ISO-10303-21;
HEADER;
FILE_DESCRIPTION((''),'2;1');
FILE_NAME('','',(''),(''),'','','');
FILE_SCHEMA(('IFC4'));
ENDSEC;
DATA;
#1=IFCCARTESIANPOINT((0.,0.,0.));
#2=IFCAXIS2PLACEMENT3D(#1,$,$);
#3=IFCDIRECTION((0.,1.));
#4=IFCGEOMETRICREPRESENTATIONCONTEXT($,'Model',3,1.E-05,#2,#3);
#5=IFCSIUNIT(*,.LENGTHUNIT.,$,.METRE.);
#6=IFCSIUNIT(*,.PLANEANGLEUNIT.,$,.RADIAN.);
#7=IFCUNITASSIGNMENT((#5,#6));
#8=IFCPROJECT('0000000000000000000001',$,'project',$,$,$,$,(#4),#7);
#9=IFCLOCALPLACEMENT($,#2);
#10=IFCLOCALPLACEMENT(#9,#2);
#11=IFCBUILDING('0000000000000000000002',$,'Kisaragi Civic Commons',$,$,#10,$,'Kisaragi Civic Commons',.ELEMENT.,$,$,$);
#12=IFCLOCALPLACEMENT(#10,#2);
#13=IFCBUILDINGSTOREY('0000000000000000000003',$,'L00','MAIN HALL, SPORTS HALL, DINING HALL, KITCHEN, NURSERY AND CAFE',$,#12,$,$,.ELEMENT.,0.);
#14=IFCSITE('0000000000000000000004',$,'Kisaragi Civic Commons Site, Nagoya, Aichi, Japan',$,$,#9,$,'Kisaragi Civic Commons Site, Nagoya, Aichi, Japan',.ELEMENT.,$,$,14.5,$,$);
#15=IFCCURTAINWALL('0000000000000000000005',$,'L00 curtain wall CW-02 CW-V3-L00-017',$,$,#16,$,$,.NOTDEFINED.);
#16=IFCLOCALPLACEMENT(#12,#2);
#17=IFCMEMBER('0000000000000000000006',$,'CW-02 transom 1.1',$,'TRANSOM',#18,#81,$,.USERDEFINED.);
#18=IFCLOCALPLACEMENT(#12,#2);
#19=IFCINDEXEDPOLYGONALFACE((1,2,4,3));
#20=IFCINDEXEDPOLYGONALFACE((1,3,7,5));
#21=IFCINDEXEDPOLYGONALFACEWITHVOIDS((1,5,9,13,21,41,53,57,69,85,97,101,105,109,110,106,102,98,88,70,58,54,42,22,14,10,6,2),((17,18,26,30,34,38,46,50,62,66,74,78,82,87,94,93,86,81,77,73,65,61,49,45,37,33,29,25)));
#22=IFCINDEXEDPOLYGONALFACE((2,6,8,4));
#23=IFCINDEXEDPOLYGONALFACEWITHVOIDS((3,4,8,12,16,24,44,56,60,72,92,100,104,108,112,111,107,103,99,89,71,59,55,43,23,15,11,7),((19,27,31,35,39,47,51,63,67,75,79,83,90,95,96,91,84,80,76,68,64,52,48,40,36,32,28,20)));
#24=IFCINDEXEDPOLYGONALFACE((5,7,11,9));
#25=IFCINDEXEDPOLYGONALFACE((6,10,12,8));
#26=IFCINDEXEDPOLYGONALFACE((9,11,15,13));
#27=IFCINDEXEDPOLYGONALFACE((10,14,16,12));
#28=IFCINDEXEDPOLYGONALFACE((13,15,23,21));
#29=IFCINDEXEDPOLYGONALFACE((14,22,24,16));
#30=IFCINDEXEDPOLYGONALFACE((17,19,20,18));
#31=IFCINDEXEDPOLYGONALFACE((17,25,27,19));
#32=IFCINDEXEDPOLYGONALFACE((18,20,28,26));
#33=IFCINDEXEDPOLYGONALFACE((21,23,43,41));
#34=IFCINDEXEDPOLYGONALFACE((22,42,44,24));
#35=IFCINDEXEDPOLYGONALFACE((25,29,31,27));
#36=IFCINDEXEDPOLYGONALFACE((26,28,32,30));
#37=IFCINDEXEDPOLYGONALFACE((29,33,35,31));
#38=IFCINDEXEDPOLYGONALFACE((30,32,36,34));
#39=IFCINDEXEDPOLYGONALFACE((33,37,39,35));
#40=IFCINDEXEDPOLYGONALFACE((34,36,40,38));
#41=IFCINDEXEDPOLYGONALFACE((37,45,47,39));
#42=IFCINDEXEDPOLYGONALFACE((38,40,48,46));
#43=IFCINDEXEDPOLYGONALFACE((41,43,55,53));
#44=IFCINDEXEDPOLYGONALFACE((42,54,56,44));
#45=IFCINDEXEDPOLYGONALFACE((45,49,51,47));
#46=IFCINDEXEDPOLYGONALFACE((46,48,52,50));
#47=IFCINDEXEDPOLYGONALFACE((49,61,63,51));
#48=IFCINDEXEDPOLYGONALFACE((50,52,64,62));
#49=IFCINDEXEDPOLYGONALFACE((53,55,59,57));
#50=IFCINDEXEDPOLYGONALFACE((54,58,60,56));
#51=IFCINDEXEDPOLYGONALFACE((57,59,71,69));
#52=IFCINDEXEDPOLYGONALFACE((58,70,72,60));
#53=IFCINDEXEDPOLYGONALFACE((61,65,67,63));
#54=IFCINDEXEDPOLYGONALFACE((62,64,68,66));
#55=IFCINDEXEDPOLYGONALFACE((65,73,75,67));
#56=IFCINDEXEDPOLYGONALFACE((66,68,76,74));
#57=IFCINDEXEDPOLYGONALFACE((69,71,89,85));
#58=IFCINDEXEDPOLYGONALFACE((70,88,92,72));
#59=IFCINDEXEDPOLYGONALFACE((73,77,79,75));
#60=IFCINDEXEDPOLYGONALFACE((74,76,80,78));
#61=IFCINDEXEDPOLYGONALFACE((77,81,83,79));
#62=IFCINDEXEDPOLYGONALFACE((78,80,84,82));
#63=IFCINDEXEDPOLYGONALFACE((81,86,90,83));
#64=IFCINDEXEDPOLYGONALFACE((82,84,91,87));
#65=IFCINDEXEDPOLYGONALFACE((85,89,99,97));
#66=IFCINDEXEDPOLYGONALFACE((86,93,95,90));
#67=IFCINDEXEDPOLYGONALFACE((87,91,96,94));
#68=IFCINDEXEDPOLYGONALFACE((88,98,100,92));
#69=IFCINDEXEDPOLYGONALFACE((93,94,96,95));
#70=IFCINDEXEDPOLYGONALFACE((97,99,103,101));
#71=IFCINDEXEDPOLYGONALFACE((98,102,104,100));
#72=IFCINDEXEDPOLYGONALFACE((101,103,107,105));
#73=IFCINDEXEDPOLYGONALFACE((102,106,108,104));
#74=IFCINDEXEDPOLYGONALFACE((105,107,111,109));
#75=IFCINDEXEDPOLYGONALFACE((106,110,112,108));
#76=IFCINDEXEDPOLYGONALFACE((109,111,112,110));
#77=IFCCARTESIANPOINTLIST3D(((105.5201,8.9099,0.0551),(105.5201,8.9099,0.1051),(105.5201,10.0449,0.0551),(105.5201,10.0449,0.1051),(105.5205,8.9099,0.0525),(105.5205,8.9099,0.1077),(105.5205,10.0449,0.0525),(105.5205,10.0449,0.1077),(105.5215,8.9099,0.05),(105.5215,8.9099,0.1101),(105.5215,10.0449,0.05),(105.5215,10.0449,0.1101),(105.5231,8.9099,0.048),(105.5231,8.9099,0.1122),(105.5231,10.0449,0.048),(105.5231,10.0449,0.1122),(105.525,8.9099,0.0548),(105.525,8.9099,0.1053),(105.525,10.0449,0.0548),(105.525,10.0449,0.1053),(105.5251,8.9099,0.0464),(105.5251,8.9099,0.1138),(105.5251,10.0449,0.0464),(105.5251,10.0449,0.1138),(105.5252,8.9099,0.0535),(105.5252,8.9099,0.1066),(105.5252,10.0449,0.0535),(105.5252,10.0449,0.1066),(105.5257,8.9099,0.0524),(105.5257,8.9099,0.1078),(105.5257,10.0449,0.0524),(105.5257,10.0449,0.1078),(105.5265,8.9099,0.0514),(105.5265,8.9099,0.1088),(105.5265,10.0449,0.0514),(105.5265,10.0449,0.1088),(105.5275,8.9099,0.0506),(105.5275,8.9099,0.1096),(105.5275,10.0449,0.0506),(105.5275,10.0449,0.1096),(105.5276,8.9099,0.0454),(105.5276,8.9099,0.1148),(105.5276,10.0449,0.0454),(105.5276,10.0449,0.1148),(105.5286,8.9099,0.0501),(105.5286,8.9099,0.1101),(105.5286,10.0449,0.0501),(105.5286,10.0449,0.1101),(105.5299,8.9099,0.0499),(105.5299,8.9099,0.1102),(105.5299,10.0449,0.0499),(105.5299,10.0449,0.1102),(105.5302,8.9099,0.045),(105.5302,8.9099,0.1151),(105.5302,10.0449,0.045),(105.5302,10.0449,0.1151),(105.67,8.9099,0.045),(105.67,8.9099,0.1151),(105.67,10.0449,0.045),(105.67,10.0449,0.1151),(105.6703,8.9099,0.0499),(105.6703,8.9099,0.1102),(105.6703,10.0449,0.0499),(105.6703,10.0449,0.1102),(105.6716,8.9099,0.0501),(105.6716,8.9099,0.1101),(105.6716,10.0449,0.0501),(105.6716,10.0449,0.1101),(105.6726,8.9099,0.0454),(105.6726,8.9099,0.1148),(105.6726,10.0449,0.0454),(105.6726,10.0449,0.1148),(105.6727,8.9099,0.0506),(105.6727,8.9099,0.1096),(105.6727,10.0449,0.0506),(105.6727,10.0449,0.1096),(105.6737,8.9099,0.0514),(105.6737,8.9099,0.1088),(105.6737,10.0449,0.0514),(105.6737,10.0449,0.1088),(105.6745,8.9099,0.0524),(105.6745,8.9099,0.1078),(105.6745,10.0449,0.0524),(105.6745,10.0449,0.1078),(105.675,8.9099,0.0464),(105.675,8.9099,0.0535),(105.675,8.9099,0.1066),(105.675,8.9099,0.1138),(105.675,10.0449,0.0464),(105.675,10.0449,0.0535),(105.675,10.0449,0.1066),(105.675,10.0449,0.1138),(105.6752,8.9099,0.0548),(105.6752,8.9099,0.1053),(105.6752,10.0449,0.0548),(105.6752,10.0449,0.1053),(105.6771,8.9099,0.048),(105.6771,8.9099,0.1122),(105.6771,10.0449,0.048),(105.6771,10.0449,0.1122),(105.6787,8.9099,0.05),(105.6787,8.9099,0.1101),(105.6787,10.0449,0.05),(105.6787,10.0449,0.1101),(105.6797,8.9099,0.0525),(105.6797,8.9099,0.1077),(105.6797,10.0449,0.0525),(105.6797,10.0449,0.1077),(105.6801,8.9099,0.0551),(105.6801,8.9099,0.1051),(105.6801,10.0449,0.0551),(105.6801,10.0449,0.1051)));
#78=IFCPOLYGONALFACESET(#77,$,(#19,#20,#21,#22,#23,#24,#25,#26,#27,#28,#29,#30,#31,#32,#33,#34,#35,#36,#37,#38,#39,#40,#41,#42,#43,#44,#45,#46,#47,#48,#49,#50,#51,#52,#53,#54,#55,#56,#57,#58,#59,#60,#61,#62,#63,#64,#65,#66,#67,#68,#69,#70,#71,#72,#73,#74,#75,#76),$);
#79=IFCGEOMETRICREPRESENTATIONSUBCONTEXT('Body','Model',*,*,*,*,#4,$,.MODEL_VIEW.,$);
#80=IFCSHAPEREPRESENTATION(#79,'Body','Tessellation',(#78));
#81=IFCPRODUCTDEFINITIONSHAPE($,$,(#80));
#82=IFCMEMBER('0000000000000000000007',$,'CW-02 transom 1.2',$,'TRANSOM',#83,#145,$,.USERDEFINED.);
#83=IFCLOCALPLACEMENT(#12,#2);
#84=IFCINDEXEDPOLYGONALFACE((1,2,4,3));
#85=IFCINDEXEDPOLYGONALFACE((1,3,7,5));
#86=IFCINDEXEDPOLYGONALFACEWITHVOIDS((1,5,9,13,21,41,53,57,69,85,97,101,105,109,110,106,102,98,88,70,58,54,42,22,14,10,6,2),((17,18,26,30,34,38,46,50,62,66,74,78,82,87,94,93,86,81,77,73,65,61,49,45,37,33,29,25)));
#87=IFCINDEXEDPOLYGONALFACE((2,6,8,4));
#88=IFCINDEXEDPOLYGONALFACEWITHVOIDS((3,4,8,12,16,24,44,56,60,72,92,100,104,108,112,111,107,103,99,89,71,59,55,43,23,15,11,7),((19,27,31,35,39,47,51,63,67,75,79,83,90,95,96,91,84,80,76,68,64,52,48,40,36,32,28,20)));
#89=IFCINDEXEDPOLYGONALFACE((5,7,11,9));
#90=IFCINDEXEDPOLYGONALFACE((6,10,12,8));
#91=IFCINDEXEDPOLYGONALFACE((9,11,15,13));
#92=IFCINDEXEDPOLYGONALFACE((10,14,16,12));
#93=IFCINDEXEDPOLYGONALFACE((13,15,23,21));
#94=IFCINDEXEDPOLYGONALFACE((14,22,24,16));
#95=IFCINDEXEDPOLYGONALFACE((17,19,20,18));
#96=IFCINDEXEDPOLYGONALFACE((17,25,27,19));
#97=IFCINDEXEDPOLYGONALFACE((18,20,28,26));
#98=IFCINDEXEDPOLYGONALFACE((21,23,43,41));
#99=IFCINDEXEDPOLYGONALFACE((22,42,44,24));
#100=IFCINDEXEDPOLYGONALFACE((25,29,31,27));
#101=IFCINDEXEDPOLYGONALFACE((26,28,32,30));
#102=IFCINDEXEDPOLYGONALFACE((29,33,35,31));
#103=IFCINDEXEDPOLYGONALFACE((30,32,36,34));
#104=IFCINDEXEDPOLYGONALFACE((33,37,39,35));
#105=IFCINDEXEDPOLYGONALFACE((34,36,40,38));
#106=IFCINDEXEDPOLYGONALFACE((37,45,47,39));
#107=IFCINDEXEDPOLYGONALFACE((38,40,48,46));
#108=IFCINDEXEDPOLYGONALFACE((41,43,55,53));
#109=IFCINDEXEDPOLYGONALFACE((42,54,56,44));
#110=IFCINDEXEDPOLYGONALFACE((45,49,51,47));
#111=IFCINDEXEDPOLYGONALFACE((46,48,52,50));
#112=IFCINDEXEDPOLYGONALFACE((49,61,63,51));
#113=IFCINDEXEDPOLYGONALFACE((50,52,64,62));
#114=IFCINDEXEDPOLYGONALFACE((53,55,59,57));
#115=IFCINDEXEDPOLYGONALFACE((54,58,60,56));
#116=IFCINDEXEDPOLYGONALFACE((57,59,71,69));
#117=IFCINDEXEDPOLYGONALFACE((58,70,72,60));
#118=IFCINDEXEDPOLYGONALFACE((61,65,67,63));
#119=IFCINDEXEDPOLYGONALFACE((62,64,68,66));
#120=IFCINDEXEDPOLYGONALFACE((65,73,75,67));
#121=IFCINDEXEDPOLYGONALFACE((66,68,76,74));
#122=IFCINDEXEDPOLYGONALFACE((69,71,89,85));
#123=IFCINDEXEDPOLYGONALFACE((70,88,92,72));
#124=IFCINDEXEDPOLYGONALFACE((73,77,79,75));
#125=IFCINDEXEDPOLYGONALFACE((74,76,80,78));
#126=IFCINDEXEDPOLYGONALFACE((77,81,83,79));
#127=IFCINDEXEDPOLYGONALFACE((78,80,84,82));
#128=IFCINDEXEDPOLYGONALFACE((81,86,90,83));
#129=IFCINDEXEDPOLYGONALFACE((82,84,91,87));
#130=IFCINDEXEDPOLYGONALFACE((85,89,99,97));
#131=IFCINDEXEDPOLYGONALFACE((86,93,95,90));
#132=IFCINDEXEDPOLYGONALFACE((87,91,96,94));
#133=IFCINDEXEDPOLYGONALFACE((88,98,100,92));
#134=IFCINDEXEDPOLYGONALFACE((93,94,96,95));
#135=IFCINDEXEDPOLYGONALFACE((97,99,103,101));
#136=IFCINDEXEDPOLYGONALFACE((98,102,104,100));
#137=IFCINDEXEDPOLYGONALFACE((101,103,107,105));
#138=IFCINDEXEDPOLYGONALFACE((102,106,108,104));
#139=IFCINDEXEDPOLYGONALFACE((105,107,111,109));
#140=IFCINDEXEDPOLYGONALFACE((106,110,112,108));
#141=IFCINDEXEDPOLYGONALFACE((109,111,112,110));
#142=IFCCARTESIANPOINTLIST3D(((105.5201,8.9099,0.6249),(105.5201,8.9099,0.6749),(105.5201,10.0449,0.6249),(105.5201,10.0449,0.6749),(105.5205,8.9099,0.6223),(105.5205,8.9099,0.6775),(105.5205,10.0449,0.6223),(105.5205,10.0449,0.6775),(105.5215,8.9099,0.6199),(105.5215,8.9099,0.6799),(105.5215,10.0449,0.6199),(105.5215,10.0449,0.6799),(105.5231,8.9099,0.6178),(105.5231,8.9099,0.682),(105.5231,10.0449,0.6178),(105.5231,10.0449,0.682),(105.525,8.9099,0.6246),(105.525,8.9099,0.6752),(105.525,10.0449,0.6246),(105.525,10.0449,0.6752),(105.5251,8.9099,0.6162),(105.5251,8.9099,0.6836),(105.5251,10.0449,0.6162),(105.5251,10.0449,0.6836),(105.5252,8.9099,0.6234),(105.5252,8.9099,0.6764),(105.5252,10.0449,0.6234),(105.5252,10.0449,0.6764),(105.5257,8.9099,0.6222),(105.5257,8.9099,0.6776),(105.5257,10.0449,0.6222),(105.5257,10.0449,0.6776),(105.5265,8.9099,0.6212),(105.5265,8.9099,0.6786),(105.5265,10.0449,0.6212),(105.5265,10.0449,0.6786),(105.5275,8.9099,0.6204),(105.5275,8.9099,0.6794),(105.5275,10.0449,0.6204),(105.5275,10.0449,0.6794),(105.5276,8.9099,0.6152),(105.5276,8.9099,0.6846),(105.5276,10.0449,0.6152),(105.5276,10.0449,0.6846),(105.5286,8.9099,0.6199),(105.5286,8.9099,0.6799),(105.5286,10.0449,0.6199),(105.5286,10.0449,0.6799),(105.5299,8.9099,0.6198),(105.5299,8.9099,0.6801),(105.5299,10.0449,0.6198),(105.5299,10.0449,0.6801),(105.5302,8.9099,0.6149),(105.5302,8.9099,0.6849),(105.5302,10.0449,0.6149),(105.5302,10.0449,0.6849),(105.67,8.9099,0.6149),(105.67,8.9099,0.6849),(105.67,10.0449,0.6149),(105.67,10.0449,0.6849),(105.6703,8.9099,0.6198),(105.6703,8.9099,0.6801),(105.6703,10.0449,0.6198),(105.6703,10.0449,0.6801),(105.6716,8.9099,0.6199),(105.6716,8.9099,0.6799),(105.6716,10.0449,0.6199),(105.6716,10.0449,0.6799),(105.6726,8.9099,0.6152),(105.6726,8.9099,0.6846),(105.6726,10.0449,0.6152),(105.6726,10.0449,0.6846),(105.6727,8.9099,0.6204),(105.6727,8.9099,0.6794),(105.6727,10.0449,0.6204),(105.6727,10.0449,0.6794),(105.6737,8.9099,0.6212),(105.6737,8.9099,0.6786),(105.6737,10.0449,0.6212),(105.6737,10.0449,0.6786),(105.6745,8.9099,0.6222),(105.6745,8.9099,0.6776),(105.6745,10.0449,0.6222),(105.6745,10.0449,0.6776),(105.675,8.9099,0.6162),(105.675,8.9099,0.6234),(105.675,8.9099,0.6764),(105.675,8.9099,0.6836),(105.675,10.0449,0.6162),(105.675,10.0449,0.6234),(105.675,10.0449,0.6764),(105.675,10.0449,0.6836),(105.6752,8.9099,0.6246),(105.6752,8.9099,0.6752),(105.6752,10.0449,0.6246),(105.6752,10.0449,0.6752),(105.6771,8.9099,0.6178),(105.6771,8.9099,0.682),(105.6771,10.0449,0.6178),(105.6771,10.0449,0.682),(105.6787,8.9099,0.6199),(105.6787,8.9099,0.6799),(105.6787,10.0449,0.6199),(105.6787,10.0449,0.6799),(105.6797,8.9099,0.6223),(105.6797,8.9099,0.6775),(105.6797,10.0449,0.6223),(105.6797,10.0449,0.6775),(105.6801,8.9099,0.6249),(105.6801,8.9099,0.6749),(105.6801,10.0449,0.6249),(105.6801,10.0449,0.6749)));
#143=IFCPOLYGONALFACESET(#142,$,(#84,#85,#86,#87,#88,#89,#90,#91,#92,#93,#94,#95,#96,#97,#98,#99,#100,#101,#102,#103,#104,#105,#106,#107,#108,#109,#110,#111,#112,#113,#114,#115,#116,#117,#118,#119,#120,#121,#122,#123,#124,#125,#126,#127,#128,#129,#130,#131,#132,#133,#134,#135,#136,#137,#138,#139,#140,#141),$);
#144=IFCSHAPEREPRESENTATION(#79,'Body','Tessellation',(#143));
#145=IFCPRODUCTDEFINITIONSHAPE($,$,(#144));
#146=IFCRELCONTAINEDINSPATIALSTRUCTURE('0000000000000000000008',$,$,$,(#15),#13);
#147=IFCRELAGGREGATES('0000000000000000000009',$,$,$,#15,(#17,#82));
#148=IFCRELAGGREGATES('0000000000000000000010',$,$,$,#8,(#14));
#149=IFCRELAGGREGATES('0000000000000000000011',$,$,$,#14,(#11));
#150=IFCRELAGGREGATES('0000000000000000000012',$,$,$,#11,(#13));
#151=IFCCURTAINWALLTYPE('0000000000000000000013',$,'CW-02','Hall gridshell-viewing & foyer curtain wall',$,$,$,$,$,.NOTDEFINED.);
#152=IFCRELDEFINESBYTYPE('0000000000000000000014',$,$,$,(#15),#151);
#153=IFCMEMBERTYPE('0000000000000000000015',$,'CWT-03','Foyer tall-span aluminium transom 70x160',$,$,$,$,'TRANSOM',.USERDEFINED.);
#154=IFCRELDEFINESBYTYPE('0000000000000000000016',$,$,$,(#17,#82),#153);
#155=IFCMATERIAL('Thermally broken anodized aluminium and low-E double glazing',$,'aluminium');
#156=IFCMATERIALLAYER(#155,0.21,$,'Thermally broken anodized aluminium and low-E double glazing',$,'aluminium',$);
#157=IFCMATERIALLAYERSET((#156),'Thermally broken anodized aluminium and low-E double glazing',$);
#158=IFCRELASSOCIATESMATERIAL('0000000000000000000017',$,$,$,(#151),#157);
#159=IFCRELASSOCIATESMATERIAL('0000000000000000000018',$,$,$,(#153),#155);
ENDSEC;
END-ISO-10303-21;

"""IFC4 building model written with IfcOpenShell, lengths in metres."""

from ifc_helpers import new_model, si_unit, direction, frame, origin, origin_2d, place, context, subcontext, project, spatial, hollow_rectangle, extrude, material, layer, layer_set, material_profile, profile_set, type_object, element, aggregate, save


model = new_model("IFC4")

# Units and contexts
model_context = context("Model", 3, precision=1e-05, world=origin(), true_north=direction((0.0, 1.0)))
body_context = subcontext(model_context, "Body", "Model", "MODEL_VIEW")
ifc_project = project(units=[si_unit("LENGTHUNIT", "METRE"), si_unit("PLANEANGLEUNIT", "RADIAN")], contexts=[model_context])

# Site, building, storey
site_placement = place(None, origin())
site = spatial("IfcSite", under=ifc_project, at=site_placement, Name="Kisaragi Civic Commons Site, Nagoya, Aichi, Japan", LongName="Kisaragi Civic Commons Site, Nagoya, Aichi, Japan", CompositionType="ELEMENT", RefElevation=14.5)
building_placement = place(site_placement, origin())
building = spatial("IfcBuilding", under=site, at=building_placement, Name="Kisaragi Civic Commons", LongName="Kisaragi Civic Commons", CompositionType="ELEMENT")
storey_placement = place(building_placement, origin())
storey = spatial("IfcBuildingStorey", under=building, at=storey_placement, Name="L00", Description="MAIN HALL, SPORTS HALL, DINING HALL, KITCHEN, NURSERY AND CAFE", CompositionType="ELEMENT", Elevation=0.0)

# Curtain wall
ifc_material_1 = material(Name="Thermally broken anodized aluminium and low-E double glazing", Category="aluminium")
ifc_layer_1 = layer(ifc_material_1, 0.21, Name="Thermally broken anodized aluminium and low-E double glazing", Category="aluminium")
ifc_layer_set_1 = layer_set([ifc_layer_1], Name="Thermally broken anodized aluminium and low-E double glazing")
curtain_wall_type = type_object("IfcCurtainWallType", Name="CW-02", Description="Hall gridshell-viewing & foyer curtain wall", PredefinedType="NOTDEFINED", material=ifc_layer_set_1)
curtain_wall_1_placement = place(storey_placement, origin())
curtain_wall_1 = element("IfcCurtainWall", 1, at=curtain_wall_1_placement, inside=storey, type_object=curtain_wall_type, Name="L00 curtain wall CW-02 CW-V3-L00-017", PredefinedType="NOTDEFINED")

# Members
ifc_material_profile_1 = material_profile(ifc_material_1, hollow_rectangle(XDim=0.1599, YDim=0.0701, WallThickness=0.0049, InnerFilletRadius=0.0049, OuterFilletRadius=0.01, at=origin_2d()), Name="CWT-70x160x5", Category="aluminium")
ifc_profile_set_1 = profile_set([ifc_material_profile_1], Name="Thermally broken anodized aluminium and low-E double glazing")
member_type_1 = type_object("IfcMemberType", Name="CWT-03", Description="Foyer tall-span aluminium transom 70x160", ElementType="TRANSOM", PredefinedType="USERDEFINED", material=ifc_profile_set_1)
member_1_placement = place(storey_placement, frame((105.6001, 8.9099, 0.0801), z_axis=(0.0, 1.0, 0.0), x_axis=(-1.0, 0.0, 0.0)))
member_1 = element("IfcMember", 2, at=member_1_placement, type_object=member_type_1, Name="CW-02 transom 1.1", ObjectType="TRANSOM", PredefinedType="USERDEFINED", context=body_context, shape_type="SweptSolid", body=[
    extrude(hollow_rectangle(XDim=0.1599, YDim=0.0701, WallThickness=0.0049, InnerFilletRadius=0.0049, OuterFilletRadius=0.01, at=origin_2d()), origin(), (0.0, 0.0, 1.0), 1.135),
])
member_2_placement = place(storey_placement, frame((105.6001, 8.9099, 0.6499), z_axis=(0.0, 1.0, 0.0), x_axis=(-1.0, 0.0, 0.0)))
member_2 = element("IfcMember", 3, at=member_2_placement, type_object=member_type_1, Name="CW-02 transom 1.2", ObjectType="TRANSOM", PredefinedType="USERDEFINED", context=body_context, shape_type="SweptSolid", body=[
    extrude(hollow_rectangle(XDim=0.1599, YDim=0.0701, WallThickness=0.0049, InnerFilletRadius=0.0049, OuterFilletRadius=0.01, at=origin_2d()), origin(), (0.0, 0.0, 1.0), 1.135),
])

aggregate(curtain_wall_1, [member_1, member_2])

save(model, "model.ifc")
